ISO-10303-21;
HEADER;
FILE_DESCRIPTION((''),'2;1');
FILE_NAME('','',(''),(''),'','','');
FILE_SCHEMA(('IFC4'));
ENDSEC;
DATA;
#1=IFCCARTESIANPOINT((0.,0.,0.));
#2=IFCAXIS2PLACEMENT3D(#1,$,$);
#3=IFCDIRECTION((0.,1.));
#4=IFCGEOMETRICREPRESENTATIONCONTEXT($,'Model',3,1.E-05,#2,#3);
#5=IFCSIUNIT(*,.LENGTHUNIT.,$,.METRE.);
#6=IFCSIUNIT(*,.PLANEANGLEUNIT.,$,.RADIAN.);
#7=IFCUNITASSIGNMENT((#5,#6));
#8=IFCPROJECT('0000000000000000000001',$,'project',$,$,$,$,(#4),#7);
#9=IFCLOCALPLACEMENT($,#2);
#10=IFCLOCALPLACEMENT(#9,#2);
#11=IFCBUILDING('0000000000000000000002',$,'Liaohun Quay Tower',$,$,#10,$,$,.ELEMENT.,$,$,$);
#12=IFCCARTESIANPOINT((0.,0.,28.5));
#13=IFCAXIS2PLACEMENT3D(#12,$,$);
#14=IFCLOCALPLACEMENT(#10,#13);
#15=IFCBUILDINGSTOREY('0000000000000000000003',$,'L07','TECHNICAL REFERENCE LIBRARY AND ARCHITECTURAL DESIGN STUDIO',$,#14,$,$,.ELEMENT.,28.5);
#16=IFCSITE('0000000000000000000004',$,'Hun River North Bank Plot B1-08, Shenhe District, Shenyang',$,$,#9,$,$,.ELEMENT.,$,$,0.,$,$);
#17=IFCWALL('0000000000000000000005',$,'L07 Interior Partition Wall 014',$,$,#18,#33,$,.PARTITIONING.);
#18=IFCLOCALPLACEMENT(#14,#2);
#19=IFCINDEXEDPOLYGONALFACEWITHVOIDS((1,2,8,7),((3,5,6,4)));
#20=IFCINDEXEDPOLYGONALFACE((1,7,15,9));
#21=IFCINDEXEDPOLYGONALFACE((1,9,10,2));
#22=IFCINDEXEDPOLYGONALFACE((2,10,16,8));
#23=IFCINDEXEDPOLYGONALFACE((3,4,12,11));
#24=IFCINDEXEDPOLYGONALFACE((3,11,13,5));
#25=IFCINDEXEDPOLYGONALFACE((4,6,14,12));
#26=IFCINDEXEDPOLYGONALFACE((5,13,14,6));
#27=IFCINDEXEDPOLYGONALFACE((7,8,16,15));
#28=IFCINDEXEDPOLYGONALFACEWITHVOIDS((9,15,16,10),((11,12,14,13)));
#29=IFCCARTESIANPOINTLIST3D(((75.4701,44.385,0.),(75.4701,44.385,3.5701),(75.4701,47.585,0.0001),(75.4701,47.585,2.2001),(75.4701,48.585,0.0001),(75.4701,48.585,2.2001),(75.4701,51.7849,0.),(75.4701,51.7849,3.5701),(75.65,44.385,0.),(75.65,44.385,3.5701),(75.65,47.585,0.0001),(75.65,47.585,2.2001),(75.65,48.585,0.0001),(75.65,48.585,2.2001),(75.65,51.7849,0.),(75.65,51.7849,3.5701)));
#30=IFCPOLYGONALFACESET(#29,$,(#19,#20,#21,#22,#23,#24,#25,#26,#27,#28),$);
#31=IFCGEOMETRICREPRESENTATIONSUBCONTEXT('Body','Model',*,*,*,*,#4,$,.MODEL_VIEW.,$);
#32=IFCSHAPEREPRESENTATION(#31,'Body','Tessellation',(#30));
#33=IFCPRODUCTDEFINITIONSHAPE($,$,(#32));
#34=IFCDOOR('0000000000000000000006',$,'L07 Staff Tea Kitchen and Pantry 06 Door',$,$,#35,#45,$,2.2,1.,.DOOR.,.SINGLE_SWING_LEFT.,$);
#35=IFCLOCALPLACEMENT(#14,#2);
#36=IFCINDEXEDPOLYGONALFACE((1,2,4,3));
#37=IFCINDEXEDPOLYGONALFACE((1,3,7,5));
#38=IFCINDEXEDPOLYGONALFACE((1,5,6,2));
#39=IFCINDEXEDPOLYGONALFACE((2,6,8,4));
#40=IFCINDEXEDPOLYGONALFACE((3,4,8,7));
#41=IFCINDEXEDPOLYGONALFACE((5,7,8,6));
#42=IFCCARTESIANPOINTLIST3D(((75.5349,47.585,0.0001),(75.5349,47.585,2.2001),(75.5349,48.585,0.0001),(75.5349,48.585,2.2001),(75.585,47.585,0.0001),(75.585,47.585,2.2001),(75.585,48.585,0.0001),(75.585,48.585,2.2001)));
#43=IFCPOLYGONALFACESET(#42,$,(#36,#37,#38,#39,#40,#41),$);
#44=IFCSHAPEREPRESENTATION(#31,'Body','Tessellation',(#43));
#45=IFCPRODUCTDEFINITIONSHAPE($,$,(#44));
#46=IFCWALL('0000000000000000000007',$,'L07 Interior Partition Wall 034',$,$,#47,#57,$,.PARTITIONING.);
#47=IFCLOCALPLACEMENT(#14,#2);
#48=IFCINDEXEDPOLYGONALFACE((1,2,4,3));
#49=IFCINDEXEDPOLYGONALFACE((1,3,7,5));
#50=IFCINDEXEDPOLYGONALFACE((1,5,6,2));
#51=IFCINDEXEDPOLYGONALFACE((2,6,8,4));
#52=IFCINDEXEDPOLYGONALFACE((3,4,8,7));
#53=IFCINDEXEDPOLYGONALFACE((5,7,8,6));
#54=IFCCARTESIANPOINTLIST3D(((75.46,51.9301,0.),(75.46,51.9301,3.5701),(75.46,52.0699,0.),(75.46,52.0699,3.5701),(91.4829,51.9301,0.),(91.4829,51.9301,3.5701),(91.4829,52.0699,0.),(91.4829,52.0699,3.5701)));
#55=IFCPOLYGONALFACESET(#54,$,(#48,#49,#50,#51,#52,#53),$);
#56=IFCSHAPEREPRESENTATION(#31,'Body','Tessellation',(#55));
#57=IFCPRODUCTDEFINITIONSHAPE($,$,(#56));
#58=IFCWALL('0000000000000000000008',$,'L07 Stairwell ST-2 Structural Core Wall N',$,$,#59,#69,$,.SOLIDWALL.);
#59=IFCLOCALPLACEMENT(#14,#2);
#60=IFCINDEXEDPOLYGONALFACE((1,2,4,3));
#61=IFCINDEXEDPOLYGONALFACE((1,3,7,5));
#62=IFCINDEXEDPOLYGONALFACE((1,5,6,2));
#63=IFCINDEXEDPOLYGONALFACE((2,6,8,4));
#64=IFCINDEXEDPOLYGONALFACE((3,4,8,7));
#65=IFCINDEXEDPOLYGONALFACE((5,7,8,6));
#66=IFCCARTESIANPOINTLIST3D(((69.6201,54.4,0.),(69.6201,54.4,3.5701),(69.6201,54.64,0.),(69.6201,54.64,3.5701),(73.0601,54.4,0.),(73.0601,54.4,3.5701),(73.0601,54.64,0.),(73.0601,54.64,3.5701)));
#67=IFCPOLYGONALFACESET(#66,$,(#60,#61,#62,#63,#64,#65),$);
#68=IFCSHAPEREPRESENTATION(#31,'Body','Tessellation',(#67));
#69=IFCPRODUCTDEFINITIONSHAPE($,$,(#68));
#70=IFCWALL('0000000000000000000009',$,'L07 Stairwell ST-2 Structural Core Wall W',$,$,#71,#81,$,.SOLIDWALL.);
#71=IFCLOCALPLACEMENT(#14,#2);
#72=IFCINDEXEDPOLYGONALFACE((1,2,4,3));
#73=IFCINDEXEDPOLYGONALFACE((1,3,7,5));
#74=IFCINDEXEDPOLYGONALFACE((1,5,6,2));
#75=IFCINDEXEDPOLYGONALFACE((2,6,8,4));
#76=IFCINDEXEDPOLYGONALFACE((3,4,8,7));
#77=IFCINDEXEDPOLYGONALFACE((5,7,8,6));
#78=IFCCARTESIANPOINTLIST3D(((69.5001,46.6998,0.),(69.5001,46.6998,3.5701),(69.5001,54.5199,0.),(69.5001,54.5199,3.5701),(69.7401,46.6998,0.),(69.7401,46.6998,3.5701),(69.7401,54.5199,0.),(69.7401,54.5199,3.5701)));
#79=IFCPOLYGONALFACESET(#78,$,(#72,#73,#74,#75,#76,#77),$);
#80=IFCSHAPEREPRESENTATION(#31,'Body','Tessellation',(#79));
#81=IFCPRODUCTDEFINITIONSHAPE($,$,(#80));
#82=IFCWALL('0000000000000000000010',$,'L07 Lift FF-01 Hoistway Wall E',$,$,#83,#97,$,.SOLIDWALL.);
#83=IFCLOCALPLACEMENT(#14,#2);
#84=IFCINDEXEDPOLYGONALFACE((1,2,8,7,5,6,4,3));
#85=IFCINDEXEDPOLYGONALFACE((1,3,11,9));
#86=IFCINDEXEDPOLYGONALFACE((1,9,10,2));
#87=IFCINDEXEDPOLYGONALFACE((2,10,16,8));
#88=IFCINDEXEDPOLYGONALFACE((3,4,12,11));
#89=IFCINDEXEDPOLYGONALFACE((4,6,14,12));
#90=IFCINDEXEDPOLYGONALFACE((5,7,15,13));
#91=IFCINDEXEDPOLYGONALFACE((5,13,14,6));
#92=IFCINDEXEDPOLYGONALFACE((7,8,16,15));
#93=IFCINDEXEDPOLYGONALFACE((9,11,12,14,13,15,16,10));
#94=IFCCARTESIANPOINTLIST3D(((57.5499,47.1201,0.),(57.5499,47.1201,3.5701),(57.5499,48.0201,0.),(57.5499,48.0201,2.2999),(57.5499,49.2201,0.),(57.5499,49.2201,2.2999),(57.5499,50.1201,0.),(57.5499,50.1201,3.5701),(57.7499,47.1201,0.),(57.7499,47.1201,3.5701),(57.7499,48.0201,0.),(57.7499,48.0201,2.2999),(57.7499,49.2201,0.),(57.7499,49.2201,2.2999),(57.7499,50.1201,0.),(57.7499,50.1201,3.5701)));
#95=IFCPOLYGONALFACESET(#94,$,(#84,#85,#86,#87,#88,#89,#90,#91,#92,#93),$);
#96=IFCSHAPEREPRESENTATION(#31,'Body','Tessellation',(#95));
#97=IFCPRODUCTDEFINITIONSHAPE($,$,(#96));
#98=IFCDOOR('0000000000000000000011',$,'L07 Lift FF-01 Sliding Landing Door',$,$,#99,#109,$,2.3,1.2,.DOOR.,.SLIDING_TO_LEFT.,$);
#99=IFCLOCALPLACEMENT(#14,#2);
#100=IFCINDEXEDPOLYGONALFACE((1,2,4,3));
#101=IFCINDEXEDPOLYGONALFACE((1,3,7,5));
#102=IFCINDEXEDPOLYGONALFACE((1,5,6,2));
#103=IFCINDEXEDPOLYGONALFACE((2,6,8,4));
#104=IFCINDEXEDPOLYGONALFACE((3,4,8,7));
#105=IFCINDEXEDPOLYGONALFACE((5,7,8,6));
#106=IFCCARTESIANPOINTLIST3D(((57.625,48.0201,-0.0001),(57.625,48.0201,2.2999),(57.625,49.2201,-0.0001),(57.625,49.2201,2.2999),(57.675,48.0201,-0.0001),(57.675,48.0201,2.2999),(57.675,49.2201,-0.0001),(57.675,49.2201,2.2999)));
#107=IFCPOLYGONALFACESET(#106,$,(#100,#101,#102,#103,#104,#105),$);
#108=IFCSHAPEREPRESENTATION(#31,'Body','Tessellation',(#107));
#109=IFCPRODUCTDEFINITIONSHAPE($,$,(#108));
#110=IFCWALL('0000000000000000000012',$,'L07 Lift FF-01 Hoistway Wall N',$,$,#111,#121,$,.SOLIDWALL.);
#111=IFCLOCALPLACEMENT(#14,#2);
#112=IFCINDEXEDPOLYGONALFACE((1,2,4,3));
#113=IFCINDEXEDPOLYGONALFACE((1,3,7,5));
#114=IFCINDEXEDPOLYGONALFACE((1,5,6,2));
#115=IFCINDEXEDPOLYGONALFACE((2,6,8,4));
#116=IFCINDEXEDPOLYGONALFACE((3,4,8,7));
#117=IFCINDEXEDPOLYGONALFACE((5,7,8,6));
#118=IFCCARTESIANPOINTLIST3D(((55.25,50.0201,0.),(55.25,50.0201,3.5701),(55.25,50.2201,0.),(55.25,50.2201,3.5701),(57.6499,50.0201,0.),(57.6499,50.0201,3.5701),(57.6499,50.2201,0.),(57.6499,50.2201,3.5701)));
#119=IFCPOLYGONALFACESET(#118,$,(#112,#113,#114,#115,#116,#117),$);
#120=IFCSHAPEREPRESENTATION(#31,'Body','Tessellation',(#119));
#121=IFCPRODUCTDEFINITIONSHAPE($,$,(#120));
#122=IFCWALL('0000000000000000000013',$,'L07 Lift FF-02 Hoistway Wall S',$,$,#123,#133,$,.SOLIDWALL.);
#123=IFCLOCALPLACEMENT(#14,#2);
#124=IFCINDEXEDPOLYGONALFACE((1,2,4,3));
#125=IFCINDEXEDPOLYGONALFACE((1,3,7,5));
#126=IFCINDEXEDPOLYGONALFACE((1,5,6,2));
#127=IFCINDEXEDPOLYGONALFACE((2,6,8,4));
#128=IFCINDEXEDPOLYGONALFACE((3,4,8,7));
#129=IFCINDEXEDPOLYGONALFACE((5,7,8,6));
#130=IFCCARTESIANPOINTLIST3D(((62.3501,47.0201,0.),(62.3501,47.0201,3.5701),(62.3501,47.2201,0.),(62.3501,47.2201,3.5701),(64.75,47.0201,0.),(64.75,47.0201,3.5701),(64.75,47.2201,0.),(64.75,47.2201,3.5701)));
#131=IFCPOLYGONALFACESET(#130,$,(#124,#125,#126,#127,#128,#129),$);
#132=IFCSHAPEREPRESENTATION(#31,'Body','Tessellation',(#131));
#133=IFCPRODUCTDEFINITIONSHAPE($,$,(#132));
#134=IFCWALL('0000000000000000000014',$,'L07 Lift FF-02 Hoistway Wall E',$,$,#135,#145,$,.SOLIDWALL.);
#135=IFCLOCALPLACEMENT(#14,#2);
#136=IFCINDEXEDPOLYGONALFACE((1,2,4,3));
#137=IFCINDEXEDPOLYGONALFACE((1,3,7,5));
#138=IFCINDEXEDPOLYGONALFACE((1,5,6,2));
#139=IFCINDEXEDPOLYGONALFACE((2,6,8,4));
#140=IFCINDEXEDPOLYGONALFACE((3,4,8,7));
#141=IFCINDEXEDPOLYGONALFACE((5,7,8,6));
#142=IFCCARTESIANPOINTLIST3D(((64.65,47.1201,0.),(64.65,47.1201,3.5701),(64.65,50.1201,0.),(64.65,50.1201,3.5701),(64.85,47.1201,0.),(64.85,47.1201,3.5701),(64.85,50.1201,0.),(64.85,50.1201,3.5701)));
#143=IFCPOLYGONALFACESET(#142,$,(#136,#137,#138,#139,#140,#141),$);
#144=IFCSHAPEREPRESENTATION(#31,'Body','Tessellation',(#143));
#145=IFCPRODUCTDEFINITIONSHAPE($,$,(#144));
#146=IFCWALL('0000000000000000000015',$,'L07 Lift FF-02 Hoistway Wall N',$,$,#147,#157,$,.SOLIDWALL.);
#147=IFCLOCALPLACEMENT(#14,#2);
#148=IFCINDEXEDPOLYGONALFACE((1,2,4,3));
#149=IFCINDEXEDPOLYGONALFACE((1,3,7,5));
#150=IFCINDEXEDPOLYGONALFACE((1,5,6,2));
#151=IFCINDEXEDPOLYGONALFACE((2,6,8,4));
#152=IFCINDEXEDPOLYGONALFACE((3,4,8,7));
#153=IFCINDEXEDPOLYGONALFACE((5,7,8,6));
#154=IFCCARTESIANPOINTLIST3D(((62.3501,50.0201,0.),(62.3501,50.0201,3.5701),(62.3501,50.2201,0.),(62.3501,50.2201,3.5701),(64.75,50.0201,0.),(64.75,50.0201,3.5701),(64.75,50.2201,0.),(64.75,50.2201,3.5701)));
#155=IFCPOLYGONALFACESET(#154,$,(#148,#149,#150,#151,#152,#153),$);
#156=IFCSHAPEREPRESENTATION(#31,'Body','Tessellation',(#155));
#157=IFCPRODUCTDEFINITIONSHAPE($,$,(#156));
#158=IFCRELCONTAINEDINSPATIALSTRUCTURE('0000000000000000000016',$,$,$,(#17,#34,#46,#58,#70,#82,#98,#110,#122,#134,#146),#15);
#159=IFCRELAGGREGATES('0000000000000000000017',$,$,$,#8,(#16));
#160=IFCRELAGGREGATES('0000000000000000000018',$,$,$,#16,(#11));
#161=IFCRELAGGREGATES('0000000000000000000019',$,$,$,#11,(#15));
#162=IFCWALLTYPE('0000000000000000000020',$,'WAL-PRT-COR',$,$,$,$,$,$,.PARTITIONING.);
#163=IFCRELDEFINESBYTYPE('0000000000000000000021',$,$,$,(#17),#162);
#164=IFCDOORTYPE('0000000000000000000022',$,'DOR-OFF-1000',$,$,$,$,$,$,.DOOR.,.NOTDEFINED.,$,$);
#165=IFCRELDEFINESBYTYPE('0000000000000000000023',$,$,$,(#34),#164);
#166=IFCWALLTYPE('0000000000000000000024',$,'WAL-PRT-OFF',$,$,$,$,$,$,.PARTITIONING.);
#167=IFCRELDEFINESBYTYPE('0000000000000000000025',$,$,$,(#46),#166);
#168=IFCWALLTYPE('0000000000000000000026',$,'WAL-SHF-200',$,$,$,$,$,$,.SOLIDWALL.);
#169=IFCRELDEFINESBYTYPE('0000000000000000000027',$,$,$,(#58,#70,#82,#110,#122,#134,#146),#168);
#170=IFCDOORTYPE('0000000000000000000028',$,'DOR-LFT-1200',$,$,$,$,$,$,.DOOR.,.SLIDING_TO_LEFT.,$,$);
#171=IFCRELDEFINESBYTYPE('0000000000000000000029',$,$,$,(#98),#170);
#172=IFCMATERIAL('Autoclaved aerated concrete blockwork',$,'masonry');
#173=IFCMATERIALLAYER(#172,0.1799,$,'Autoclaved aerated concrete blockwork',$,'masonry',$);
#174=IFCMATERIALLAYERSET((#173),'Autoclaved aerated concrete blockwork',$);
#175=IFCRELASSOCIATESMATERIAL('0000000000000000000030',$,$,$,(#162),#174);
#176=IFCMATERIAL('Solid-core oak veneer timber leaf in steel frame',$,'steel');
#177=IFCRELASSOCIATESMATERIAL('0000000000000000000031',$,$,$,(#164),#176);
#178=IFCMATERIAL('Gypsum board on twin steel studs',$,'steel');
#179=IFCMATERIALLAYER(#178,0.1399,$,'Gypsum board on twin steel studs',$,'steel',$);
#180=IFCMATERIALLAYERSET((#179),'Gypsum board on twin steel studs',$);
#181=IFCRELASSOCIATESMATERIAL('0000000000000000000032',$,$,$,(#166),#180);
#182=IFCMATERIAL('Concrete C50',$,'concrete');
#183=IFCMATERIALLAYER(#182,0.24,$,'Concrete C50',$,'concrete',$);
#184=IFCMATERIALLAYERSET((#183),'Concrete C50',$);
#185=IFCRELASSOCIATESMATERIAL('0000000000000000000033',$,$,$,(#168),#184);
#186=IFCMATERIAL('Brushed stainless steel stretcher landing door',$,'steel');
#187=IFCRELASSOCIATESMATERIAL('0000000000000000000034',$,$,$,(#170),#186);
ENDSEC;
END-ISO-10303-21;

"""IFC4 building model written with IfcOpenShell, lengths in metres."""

from ifc_helpers import new_model, si_unit, direction, frame, frame_2d, origin, place, context, subcontext, project, spatial, rectangle, extrude, source, transform, mapped, material, layer, layer_set, type_object, element, fill, save


model = new_model("IFC4")

# Units and contexts
model_context = context("Model", 3, precision=1e-05, world=origin(), true_north=direction((0.0, 1.0)))
body_context = subcontext(model_context, "Body", "Model", "MODEL_VIEW")
ifc_project = project(units=[si_unit("LENGTHUNIT", "METRE"), si_unit("PLANEANGLEUNIT", "RADIAN")], contexts=[model_context])

# Site, building, storey
site_placement = place(None, origin())
site = spatial("IfcSite", under=ifc_project, at=site_placement, Name="Hun River North Bank Plot B1-08, Shenhe District, Shenyang", CompositionType="ELEMENT", RefElevation=0.0)
building_placement = place(site_placement, origin())
building = spatial("IfcBuilding", under=site, at=building_placement, Name="Liaohun Quay Tower", CompositionType="ELEMENT")
storey_placement = place(building_placement, frame((0.0, 0.0, 28.5)))
storey = spatial("IfcBuildingStorey", under=building, at=storey_placement, Name="L07", Description="TECHNICAL REFERENCE LIBRARY AND ARCHITECTURAL DESIGN STUDIO", CompositionType="ELEMENT", Elevation=28.5)

# Wall, opening, door
ifc_material_1 = material(Name="Autoclaved aerated concrete blockwork", Category="masonry")
ifc_layer_1 = layer(ifc_material_1, 0.1799, Name="Autoclaved aerated concrete blockwork", Category="masonry")
ifc_layer_set_1 = layer_set([ifc_layer_1], Name="Autoclaved aerated concrete blockwork")
wall_type_1 = type_object("IfcWallType", Name="WAL-PRT-COR", PredefinedType="PARTITIONING", material=ifc_layer_set_1)
wall_1_placement = place(storey_placement, frame((75.5601, 51.7849, 0.0), z_axis=(0.0, 0.0, 1.0), x_axis=(0.0, -1.0, 0.0)))
wall_1 = element("IfcWall", 1, at=wall_1_placement, inside=storey, type_object=wall_type_1, Name="L07 Interior Partition Wall 014", PredefinedType="PARTITIONING", context=body_context, shape_type="SweptSolid", body=[
    extrude(rectangle(XDim=7.3999, YDim=0.1799, at=frame_2d((3.7, 0.0))), origin(), (0.0, 0.0, 1.0), 3.5701),
])
shared_shape_1 = source(origin(), body_context, "Body", "SweptSolid", [
    extrude(rectangle(XDim=1.0, YDim=2.2, at=frame_2d((0.5, 1.1001))), frame((0.0, 0.0999, 0.0), z_axis=(0.0, -1.0, 0.0), x_axis=(1.0, 0.0, 0.0)), (0.0, 0.0, 1.0), 0.2),
])
opening_1_placement = place(wall_1_placement, frame((3.2, 0.0, 0.0)))
opening_1 = element("IfcOpeningElement", 2, at=opening_1_placement, cuts=wall_1, PredefinedType="OPENING", context=body_context, shape_type="MappedRepresentation", body=[
    mapped(shared_shape_1, transform((0.0, 0.0, 0.0), x_axis=(1.0, 0.0, 0.0), y_axis=(0.0, 1.0, 0.0), z_axis=(0.0, 0.0, 1.0), scale=1.0)),
])
ifc_material_2 = material(Name="Solid-core oak veneer timber leaf in steel frame", Category="steel")
door_type_1 = type_object("IfcDoorType", Name="DOR-OFF-1000", OperationType="NOTDEFINED", PredefinedType="DOOR", material=ifc_material_2)
shared_shape_2 = source(origin(), body_context, "Body", "SweptSolid", [
    extrude(rectangle(XDim=1.0, YDim=2.2, at=frame_2d((0.5, 1.1001))), frame((0.0, 0.0249, 0.0), z_axis=(0.0, -1.0, 0.0), x_axis=(1.0, 0.0, 0.0)), (0.0, 0.0, 1.0), 0.05),
])
door_1_placement = place(opening_1_placement, origin())
door_1 = element("IfcDoor", 3, at=door_1_placement, inside=storey, type_object=door_type_1, Name="L07 Staff Tea Kitchen and Pantry 06 Door", OperationType="SINGLE_SWING_LEFT", OverallHeight=2.2, OverallWidth=1.0, PredefinedType="DOOR", context=body_context, shape_type="MappedRepresentation", body=[
    mapped(shared_shape_2, transform((0.0, 0.0, 0.0), x_axis=(1.0, 0.0, 0.0), y_axis=(0.0, 1.0, 0.0), z_axis=(0.0, 0.0, 1.0), scale=1.0)),
])
fill(opening_1, door_1)

# Walls
ifc_material_3 = material(Name="Gypsum board on twin steel studs", Category="steel")
ifc_layer_2 = layer(ifc_material_3, 0.1399, Name="Gypsum board on twin steel studs", Category="steel")
ifc_layer_set_2 = layer_set([ifc_layer_2], Name="Gypsum board on twin steel studs")
wall_type_2 = type_object("IfcWallType", Name="WAL-PRT-OFF", PredefinedType="PARTITIONING", material=ifc_layer_set_2)
wall_2_placement = place(storey_placement, frame((75.46, 52.0, 0.0), z_axis=(0.0, 0.0, 1.0), x_axis=(1.0, 0.0, 0.0)))
element("IfcWall", 4, at=wall_2_placement, inside=storey, type_object=wall_type_2, Name="L07 Interior Partition Wall 034", PredefinedType="PARTITIONING", context=body_context, shape_type="SweptSolid", body=[
    extrude(rectangle(XDim=16.0229, YDim=0.1399, at=frame_2d((8.0115, 0.0))), origin(), (0.0, 0.0, 1.0), 3.5701),
])
ifc_material_4 = material(Name="Concrete C50", Category="concrete")
ifc_layer_3 = layer(ifc_material_4, 0.24, Name="Concrete C50", Category="concrete")
ifc_layer_set_3 = layer_set([ifc_layer_3], Name="Concrete C50")
wall_type_3 = type_object("IfcWallType", Name="WAL-SHF-200", PredefinedType="SOLIDWALL", material=ifc_layer_set_3)
wall_3_placement = place(storey_placement, frame((73.0601, 54.52, 0.0), z_axis=(0.0, 0.0, 1.0), x_axis=(-1.0, 0.0, 0.0)))
element("IfcWall", 5, at=wall_3_placement, inside=storey, type_object=wall_type_3, Name="L07 Stairwell ST-2 Structural Core Wall N", PredefinedType="SOLIDWALL", context=body_context, shape_type="SweptSolid", body=[
    extrude(rectangle(XDim=3.4399, YDim=0.24, at=frame_2d((1.72, 0.0))), origin(), (0.0, 0.0, 1.0), 3.5701),
])
wall_4_placement = place(storey_placement, frame((69.6201, 54.52, 0.0), z_axis=(0.0, 0.0, 1.0), x_axis=(0.0, -1.0, 0.0)))
element("IfcWall", 6, at=wall_4_placement, inside=storey, type_object=wall_type_3, Name="L07 Stairwell ST-2 Structural Core Wall W", PredefinedType="SOLIDWALL", context=body_context, shape_type="SweptSolid", body=[
    extrude(rectangle(XDim=7.8201, YDim=0.24, at=frame_2d((3.9102, 0.0))), origin(), (0.0, 0.0, 1.0), 3.5701),
])

# Wall, opening, door
wall_5_placement = place(storey_placement, frame((57.6499, 47.1201, 0.0), z_axis=(0.0, 0.0, 1.0), x_axis=(0.0, 1.0, 0.0)))
wall_5 = element("IfcWall", 7, at=wall_5_placement, inside=storey, type_object=wall_type_3, Name="L07 Lift FF-01 Hoistway Wall E", PredefinedType="SOLIDWALL", context=body_context, shape_type="SweptSolid", body=[
    extrude(rectangle(XDim=3.0, YDim=0.2, at=frame_2d((1.5, 0.0))), origin(), (0.0, 0.0, 1.0), 3.5701),
])
shared_shape_3 = source(origin(), body_context, "Body", "SweptSolid", [
    extrude(rectangle(XDim=1.2, YDim=2.3, at=frame_2d((0.6001, 1.1499))), frame((0.0, 0.1099, 0.0), z_axis=(0.0, -1.0, 0.0), x_axis=(1.0, 0.0, 0.0)), (0.0, 0.0, 1.0), 0.22),
])
opening_2_placement = place(wall_5_placement, frame((0.8999, 0.0, 0.0)))
opening_2 = element("IfcOpeningElement", 8, at=opening_2_placement, cuts=wall_5, PredefinedType="OPENING", context=body_context, shape_type="MappedRepresentation", body=[
    mapped(shared_shape_3, transform((0.0, 0.0, 0.0), x_axis=(1.0, 0.0, 0.0), y_axis=(0.0, 1.0, 0.0), z_axis=(0.0, 0.0, 1.0), scale=1.0)),
])
ifc_material_5 = material(Name="Brushed stainless steel stretcher landing door", Category="steel")
door_type_2 = type_object("IfcDoorType", Name="DOR-LFT-1200", OperationType="SLIDING_TO_LEFT", PredefinedType="DOOR", material=ifc_material_5)
shared_shape_4 = source(origin(), body_context, "Body", "SweptSolid", [
    extrude(rectangle(XDim=1.2, YDim=2.3, at=frame_2d((0.6001, 1.1499))), frame((0.0, 0.0249, 0.0), z_axis=(0.0, -1.0, 0.0), x_axis=(1.0, 0.0, 0.0)), (0.0, 0.0, 1.0), 0.05),
])
door_2_placement = place(opening_2_placement, origin())
door_2 = element("IfcDoor", 9, at=door_2_placement, inside=storey, type_object=door_type_2, Name="L07 Lift FF-01 Sliding Landing Door", OperationType="SLIDING_TO_LEFT", OverallHeight=2.3, OverallWidth=1.2, PredefinedType="DOOR", context=body_context, shape_type="MappedRepresentation", body=[
    mapped(shared_shape_4, transform((0.0, 0.0, 0.0), x_axis=(1.0, 0.0, 0.0), y_axis=(0.0, 1.0, 0.0), z_axis=(0.0, 0.0, 1.0), scale=1.0)),
])
fill(opening_2, door_2)

# Walls
for number, where, z_axis, x_axis, name in (
    (10, (57.6499, 50.1201, 0.0), (0.0, 0.0, 1.0), (-1.0, 0.0, 0.0), "L07 Lift FF-01 Hoistway Wall N"),
    (11, (62.3501, 47.1201, 0.0), (0.0, 0.0, 1.0), (1.0, 0.0, 0.0), "L07 Lift FF-02 Hoistway Wall S"),
):
    element("IfcWall", number, at=place(storey_placement, frame(where, z_axis=z_axis, x_axis=x_axis)), inside=storey, type_object=wall_type_3, Name=name, PredefinedType="SOLIDWALL", context=body_context, shape_type="SweptSolid", body=[
        extrude(rectangle(XDim=2.3999, YDim=0.2, at=frame_2d((1.2, 0.0))), origin(), (0.0, 0.0, 1.0), 3.5701),
    ])
wall_6_placement = place(storey_placement, frame((64.75, 47.1201, 0.0), z_axis=(0.0, 0.0, 1.0), x_axis=(0.0, 1.0, 0.0)))
element("IfcWall", 12, at=wall_6_placement, inside=storey, type_object=wall_type_3, Name="L07 Lift FF-02 Hoistway Wall E", PredefinedType="SOLIDWALL", context=body_context, shape_type="SweptSolid", body=[
    extrude(rectangle(XDim=3.0, YDim=0.2, at=frame_2d((1.5, 0.0))), origin(), (0.0, 0.0, 1.0), 3.5701),
])
wall_7_placement = place(storey_placement, frame((64.75, 50.1201, 0.0), z_axis=(0.0, 0.0, 1.0), x_axis=(-1.0, 0.0, 0.0)))
element("IfcWall", 13, at=wall_7_placement, inside=storey, type_object=wall_type_3, Name="L07 Lift FF-02 Hoistway Wall N", PredefinedType="SOLIDWALL", context=body_context, shape_type="SweptSolid", body=[
    extrude(rectangle(XDim=2.3999, YDim=0.2, at=frame_2d((1.2, 0.0))), origin(), (0.0, 0.0, 1.0), 3.5701),
])

save(model, "model.ifc")
